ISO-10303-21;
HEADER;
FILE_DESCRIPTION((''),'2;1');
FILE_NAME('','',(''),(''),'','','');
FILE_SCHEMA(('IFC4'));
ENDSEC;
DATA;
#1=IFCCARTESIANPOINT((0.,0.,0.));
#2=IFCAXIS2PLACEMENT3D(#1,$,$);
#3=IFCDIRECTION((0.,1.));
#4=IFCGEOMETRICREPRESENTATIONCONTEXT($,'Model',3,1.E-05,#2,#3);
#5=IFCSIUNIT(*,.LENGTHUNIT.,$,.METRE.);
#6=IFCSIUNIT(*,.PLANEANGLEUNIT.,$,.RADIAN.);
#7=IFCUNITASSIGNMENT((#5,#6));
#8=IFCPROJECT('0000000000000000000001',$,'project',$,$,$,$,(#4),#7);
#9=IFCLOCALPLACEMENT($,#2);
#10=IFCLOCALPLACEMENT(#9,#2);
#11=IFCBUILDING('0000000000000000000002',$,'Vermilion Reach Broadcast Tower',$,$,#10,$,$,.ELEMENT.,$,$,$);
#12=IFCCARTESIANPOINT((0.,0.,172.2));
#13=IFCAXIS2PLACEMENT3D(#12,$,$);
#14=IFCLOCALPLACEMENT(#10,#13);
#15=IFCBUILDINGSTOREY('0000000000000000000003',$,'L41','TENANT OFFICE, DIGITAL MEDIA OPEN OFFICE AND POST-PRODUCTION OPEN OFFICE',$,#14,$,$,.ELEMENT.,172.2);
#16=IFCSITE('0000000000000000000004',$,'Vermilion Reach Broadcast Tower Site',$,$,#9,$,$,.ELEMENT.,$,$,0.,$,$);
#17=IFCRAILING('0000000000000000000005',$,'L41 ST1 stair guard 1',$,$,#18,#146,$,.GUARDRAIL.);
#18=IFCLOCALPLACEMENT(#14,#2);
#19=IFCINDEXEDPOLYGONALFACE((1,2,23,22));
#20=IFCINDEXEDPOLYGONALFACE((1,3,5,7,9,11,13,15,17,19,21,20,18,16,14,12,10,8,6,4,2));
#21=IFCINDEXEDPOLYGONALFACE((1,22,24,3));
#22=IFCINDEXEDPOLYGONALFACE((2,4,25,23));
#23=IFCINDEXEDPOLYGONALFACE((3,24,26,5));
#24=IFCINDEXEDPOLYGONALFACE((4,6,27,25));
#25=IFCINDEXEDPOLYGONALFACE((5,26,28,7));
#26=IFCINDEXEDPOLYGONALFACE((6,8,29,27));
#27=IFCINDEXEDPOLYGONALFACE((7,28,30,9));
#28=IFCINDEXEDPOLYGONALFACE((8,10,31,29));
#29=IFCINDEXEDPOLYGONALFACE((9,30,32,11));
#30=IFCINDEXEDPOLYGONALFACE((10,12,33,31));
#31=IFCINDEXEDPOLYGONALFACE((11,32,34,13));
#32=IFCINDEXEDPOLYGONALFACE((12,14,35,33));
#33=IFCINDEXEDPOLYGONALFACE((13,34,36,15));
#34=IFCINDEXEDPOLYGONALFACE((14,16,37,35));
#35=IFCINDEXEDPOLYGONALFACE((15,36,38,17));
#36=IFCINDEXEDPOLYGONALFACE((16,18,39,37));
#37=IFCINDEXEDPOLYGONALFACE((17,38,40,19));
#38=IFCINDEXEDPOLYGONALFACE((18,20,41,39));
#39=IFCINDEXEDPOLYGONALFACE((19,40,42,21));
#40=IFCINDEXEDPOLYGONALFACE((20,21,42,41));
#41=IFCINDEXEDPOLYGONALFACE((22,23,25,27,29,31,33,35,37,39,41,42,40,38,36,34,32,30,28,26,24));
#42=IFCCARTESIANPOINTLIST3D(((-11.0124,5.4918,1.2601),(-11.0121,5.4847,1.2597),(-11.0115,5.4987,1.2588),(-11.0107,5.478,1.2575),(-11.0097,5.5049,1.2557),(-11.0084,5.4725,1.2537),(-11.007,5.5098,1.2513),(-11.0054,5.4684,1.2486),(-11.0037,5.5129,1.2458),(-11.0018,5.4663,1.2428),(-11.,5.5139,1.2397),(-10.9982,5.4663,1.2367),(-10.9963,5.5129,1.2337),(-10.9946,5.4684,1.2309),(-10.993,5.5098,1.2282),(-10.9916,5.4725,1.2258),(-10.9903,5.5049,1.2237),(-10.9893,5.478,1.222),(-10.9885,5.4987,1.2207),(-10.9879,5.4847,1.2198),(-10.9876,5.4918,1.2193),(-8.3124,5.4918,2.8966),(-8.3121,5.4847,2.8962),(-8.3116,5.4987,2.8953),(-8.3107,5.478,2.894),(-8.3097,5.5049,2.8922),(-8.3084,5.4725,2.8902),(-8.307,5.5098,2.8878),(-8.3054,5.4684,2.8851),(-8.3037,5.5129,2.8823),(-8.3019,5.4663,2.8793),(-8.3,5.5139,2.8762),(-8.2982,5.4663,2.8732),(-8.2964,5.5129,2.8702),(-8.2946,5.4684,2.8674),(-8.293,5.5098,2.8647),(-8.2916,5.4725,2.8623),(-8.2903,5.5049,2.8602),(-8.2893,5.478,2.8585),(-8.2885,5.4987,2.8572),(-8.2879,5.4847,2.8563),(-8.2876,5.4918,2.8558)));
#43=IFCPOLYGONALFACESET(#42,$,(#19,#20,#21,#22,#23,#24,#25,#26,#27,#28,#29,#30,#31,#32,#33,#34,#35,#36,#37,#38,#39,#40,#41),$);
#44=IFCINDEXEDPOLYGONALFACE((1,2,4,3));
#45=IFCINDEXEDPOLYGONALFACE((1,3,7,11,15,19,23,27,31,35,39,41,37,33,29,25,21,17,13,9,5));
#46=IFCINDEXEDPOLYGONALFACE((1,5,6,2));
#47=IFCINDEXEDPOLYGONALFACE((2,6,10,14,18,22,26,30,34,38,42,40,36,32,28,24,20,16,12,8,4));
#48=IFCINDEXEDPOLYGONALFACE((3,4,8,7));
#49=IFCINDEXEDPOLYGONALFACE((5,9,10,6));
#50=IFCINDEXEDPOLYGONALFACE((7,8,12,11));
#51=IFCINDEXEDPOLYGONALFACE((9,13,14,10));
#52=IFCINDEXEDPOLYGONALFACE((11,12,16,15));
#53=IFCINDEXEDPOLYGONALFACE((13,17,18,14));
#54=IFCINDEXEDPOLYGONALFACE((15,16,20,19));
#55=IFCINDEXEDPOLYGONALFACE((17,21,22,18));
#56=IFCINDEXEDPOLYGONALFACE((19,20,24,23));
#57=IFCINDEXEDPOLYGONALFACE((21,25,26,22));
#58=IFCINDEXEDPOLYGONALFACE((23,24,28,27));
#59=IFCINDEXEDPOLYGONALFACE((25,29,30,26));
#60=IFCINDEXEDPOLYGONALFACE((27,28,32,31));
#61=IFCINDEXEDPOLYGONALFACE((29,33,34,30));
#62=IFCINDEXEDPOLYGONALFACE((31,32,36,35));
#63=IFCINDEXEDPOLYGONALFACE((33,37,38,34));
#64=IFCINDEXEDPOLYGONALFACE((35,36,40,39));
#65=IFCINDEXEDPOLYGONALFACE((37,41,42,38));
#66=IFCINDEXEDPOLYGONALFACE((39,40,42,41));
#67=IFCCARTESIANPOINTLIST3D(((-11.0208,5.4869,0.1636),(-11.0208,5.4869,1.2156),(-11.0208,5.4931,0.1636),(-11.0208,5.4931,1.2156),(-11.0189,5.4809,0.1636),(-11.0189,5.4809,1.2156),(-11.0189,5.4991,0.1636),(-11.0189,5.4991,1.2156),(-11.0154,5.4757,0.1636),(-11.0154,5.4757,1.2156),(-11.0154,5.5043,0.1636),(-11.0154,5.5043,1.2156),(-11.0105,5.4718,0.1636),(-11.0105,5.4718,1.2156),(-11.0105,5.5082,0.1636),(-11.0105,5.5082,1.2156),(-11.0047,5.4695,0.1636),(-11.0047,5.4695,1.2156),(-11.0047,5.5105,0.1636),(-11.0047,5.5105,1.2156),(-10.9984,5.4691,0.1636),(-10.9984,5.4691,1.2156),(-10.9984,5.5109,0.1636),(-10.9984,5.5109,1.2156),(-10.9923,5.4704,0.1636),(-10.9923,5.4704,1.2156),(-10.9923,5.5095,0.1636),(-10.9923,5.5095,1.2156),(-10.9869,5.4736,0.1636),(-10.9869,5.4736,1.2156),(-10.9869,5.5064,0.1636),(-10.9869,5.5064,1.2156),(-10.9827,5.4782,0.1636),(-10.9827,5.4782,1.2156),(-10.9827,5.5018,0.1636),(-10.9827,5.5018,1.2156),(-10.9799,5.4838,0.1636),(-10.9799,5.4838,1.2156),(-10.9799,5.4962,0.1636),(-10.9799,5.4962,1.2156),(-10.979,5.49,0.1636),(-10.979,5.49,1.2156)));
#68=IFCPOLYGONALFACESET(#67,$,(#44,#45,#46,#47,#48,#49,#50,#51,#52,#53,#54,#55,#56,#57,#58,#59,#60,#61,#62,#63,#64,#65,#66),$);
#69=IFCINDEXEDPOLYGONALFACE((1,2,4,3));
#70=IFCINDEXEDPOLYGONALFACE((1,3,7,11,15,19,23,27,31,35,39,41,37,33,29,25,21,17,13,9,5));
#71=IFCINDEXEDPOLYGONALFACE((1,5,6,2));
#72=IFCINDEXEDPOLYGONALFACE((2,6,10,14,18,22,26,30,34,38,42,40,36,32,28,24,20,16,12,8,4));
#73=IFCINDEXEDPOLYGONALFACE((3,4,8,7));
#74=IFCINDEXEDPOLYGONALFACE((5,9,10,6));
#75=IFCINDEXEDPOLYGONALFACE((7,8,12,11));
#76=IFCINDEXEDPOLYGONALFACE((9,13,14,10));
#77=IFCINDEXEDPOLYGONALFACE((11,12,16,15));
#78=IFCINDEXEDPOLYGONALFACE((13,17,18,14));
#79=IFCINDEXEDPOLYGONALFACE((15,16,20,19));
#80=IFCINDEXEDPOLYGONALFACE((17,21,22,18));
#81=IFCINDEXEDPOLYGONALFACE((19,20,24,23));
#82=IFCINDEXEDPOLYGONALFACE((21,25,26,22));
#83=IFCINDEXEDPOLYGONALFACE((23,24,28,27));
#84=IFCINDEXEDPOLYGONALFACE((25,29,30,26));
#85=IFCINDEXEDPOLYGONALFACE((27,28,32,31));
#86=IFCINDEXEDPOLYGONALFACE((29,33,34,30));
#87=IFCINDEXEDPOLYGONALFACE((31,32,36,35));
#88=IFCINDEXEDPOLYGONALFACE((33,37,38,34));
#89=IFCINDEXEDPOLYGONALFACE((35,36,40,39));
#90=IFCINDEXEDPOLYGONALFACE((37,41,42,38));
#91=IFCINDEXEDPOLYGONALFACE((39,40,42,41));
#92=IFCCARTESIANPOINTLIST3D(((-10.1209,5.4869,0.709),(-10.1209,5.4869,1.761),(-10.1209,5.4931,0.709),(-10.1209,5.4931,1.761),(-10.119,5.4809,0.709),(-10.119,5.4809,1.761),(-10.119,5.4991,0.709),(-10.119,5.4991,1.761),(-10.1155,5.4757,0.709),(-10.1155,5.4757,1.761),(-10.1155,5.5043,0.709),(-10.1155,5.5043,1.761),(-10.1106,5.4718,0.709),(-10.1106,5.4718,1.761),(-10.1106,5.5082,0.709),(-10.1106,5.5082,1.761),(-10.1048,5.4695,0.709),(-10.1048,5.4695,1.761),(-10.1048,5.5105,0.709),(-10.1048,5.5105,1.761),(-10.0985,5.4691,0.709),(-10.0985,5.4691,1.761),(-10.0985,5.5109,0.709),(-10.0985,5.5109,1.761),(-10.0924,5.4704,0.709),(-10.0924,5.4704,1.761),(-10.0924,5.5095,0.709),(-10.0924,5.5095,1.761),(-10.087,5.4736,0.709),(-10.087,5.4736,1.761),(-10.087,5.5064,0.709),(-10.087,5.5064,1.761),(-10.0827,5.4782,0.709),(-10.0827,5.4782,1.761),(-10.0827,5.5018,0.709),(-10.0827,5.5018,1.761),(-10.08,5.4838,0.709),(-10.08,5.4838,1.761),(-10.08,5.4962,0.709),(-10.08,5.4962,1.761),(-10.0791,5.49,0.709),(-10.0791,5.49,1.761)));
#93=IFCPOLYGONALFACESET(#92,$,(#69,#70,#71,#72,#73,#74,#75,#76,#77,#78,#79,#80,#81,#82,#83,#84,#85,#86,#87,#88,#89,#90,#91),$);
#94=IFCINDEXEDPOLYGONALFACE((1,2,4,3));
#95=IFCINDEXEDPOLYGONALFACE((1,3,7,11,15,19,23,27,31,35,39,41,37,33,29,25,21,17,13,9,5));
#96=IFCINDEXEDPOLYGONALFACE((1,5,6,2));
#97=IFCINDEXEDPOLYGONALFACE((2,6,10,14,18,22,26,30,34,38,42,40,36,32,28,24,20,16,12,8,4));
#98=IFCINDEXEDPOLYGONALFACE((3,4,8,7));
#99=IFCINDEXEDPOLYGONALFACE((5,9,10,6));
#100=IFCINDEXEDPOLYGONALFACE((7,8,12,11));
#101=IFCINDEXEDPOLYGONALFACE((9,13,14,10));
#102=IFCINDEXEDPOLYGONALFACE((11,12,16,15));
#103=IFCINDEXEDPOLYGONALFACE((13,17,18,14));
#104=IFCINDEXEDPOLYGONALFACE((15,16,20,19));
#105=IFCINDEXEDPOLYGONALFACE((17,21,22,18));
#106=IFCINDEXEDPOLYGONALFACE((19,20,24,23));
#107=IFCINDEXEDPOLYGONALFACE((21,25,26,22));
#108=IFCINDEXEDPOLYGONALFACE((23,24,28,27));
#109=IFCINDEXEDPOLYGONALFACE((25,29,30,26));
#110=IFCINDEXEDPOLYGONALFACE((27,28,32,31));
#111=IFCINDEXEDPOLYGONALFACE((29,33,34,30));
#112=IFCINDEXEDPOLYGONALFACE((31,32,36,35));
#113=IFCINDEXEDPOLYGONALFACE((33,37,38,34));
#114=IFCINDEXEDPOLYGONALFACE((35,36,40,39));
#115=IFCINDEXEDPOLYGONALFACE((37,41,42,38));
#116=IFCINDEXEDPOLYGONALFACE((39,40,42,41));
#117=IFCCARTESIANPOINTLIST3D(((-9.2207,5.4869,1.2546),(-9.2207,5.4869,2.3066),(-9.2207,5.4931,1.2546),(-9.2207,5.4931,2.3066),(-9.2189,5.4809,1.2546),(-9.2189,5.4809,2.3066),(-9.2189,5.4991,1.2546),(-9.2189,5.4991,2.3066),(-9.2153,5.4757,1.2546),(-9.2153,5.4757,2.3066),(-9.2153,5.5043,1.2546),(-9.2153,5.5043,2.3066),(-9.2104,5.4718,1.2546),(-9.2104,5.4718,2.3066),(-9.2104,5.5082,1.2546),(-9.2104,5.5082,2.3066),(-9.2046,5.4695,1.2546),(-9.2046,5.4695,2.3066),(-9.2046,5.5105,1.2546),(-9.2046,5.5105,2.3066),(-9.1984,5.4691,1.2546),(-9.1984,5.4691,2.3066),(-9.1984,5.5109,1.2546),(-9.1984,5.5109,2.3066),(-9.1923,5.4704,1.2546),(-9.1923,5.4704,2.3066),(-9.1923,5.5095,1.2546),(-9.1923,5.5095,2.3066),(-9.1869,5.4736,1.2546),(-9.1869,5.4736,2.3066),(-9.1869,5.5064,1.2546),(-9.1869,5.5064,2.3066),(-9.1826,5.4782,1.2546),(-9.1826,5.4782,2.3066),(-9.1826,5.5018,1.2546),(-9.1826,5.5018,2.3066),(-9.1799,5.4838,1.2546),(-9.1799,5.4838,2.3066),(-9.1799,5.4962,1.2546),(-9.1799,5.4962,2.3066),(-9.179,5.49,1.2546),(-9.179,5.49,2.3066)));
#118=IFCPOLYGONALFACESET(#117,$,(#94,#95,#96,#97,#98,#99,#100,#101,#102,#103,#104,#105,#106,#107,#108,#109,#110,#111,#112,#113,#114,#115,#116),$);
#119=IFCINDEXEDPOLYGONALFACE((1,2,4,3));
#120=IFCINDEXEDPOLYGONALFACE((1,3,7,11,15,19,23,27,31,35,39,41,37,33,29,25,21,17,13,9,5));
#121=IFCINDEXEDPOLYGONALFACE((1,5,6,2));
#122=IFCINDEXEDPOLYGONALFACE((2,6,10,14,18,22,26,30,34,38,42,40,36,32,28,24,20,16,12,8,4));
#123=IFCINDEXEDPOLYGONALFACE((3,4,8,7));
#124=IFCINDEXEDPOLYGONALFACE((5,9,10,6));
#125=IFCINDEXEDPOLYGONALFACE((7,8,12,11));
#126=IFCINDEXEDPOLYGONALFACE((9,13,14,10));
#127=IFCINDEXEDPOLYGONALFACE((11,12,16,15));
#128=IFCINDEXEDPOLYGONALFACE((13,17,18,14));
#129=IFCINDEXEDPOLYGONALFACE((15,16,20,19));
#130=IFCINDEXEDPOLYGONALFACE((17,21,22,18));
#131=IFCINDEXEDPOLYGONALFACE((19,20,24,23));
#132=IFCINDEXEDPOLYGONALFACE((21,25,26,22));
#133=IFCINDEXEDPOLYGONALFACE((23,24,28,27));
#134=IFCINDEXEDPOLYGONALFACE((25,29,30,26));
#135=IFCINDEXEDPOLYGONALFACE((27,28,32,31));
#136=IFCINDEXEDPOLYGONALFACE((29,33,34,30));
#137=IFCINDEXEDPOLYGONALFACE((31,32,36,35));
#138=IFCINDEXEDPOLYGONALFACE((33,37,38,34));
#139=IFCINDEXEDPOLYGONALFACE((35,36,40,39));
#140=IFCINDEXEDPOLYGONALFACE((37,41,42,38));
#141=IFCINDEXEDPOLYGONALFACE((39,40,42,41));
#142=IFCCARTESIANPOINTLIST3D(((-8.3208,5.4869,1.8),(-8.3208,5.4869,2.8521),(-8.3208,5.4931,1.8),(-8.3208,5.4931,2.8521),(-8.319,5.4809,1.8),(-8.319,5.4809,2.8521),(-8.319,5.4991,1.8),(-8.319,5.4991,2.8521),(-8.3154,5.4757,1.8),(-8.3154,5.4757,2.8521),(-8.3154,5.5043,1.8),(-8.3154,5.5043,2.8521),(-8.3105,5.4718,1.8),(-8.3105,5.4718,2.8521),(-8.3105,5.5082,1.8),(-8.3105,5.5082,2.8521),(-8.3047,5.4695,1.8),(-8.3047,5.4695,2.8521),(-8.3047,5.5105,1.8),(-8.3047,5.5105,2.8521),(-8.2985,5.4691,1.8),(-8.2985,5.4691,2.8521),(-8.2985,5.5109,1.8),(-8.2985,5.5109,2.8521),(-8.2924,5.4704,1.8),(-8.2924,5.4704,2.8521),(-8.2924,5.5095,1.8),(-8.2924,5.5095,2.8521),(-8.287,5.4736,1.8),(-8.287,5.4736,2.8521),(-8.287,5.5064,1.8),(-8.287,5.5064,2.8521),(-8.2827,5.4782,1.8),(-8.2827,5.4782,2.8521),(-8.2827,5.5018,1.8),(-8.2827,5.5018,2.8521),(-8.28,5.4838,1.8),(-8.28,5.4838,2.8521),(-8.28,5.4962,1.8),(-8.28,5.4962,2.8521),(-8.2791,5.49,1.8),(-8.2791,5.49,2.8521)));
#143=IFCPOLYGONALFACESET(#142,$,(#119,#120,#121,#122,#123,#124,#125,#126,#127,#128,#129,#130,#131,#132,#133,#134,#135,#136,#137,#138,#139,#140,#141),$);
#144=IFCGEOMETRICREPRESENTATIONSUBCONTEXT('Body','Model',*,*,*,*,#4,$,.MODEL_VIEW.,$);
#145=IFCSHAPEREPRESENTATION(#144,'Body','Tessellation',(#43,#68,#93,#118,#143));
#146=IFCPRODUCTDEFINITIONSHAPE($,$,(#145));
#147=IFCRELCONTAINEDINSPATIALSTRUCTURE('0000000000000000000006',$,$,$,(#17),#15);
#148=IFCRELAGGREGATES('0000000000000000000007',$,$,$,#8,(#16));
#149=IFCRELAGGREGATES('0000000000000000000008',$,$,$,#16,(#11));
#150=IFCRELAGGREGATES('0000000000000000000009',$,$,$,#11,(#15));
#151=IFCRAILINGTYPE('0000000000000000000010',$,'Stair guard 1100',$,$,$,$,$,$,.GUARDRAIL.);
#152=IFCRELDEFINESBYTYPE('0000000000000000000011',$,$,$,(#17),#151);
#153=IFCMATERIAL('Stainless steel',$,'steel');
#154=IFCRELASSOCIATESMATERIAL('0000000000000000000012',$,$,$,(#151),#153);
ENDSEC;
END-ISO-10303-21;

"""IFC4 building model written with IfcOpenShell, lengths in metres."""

from ifc_helpers import new_model, si_unit, direction, frame, origin, origin_2d, place, context, subcontext, project, spatial, circle, extrude, material, type_object, element, save


model = new_model("IFC4")

# Units and contexts
model_context = context("Model", 3, precision=1e-05, world=origin(), true_north=direction((0.0, 1.0)))
body_context = subcontext(model_context, "Body", "Model", "MODEL_VIEW")
ifc_project = project(units=[si_unit("LENGTHUNIT", "METRE"), si_unit("PLANEANGLEUNIT", "RADIAN")], contexts=[model_context])

# Site, building, storey
site_placement = place(None, origin())
site = spatial("IfcSite", under=ifc_project, at=site_placement, Name="Vermilion Reach Broadcast Tower Site", CompositionType="ELEMENT", RefElevation=0.0)
building_placement = place(site_placement, origin())
building = spatial("IfcBuilding", under=site, at=building_placement, Name="Vermilion Reach Broadcast Tower", CompositionType="ELEMENT")
storey_placement = place(building_placement, frame((0.0, 0.0, 172.2)))
storey = spatial("IfcBuildingStorey", under=building, at=storey_placement, Name="L41", Description="TENANT OFFICE, DIGITAL MEDIA OPEN OFFICE AND POST-PRODUCTION OPEN OFFICE", CompositionType="ELEMENT", Elevation=172.2)

# Railing
ifc_material_1 = material(Name="Stainless steel", Category="steel")
railing_type_1 = type_object("IfcRailingType", Name="Stair guard 1100", PredefinedType="GUARDRAIL", material=ifc_material_1)
railing_1_placement = place(storey_placement, frame((-11.0, 5.49, 0.1636)))
element("IfcRailing", 1, at=railing_1_placement, inside=storey, type_object=railing_type_1, Name="L41 ST1 stair guard 1", PredefinedType="GUARDRAIL", context=body_context, shape_type="SweptSolid", body=[
    extrude(circle(Radius=0.0239, at=origin_2d()), frame((0.0, 0.0, 1.0762), z_axis=(0.855178, 0.0, 0.518334), x_axis=(0.0, 1.0, 0.0)), (0.0, 0.0, 1.0), 3.1572),
    extrude(circle(Radius=0.021, at=origin_2d()), origin(), (0.0, 0.0, 1.0), 1.052),
    extrude(circle(Radius=0.021, at=origin_2d()), frame((0.8999, 0.0, 0.5454)), (0.0, 0.0, 1.0), 1.052),
    extrude(circle(Radius=0.021, at=origin_2d()), frame((1.8, 0.0, 1.0911)), (0.0, 0.0, 1.0), 1.052),
    extrude(circle(Radius=0.021, at=origin_2d()), frame((2.7, 0.0, 1.6365)), (0.0, 0.0, 1.0), 1.052),
])

save(model, "model.ifc")
